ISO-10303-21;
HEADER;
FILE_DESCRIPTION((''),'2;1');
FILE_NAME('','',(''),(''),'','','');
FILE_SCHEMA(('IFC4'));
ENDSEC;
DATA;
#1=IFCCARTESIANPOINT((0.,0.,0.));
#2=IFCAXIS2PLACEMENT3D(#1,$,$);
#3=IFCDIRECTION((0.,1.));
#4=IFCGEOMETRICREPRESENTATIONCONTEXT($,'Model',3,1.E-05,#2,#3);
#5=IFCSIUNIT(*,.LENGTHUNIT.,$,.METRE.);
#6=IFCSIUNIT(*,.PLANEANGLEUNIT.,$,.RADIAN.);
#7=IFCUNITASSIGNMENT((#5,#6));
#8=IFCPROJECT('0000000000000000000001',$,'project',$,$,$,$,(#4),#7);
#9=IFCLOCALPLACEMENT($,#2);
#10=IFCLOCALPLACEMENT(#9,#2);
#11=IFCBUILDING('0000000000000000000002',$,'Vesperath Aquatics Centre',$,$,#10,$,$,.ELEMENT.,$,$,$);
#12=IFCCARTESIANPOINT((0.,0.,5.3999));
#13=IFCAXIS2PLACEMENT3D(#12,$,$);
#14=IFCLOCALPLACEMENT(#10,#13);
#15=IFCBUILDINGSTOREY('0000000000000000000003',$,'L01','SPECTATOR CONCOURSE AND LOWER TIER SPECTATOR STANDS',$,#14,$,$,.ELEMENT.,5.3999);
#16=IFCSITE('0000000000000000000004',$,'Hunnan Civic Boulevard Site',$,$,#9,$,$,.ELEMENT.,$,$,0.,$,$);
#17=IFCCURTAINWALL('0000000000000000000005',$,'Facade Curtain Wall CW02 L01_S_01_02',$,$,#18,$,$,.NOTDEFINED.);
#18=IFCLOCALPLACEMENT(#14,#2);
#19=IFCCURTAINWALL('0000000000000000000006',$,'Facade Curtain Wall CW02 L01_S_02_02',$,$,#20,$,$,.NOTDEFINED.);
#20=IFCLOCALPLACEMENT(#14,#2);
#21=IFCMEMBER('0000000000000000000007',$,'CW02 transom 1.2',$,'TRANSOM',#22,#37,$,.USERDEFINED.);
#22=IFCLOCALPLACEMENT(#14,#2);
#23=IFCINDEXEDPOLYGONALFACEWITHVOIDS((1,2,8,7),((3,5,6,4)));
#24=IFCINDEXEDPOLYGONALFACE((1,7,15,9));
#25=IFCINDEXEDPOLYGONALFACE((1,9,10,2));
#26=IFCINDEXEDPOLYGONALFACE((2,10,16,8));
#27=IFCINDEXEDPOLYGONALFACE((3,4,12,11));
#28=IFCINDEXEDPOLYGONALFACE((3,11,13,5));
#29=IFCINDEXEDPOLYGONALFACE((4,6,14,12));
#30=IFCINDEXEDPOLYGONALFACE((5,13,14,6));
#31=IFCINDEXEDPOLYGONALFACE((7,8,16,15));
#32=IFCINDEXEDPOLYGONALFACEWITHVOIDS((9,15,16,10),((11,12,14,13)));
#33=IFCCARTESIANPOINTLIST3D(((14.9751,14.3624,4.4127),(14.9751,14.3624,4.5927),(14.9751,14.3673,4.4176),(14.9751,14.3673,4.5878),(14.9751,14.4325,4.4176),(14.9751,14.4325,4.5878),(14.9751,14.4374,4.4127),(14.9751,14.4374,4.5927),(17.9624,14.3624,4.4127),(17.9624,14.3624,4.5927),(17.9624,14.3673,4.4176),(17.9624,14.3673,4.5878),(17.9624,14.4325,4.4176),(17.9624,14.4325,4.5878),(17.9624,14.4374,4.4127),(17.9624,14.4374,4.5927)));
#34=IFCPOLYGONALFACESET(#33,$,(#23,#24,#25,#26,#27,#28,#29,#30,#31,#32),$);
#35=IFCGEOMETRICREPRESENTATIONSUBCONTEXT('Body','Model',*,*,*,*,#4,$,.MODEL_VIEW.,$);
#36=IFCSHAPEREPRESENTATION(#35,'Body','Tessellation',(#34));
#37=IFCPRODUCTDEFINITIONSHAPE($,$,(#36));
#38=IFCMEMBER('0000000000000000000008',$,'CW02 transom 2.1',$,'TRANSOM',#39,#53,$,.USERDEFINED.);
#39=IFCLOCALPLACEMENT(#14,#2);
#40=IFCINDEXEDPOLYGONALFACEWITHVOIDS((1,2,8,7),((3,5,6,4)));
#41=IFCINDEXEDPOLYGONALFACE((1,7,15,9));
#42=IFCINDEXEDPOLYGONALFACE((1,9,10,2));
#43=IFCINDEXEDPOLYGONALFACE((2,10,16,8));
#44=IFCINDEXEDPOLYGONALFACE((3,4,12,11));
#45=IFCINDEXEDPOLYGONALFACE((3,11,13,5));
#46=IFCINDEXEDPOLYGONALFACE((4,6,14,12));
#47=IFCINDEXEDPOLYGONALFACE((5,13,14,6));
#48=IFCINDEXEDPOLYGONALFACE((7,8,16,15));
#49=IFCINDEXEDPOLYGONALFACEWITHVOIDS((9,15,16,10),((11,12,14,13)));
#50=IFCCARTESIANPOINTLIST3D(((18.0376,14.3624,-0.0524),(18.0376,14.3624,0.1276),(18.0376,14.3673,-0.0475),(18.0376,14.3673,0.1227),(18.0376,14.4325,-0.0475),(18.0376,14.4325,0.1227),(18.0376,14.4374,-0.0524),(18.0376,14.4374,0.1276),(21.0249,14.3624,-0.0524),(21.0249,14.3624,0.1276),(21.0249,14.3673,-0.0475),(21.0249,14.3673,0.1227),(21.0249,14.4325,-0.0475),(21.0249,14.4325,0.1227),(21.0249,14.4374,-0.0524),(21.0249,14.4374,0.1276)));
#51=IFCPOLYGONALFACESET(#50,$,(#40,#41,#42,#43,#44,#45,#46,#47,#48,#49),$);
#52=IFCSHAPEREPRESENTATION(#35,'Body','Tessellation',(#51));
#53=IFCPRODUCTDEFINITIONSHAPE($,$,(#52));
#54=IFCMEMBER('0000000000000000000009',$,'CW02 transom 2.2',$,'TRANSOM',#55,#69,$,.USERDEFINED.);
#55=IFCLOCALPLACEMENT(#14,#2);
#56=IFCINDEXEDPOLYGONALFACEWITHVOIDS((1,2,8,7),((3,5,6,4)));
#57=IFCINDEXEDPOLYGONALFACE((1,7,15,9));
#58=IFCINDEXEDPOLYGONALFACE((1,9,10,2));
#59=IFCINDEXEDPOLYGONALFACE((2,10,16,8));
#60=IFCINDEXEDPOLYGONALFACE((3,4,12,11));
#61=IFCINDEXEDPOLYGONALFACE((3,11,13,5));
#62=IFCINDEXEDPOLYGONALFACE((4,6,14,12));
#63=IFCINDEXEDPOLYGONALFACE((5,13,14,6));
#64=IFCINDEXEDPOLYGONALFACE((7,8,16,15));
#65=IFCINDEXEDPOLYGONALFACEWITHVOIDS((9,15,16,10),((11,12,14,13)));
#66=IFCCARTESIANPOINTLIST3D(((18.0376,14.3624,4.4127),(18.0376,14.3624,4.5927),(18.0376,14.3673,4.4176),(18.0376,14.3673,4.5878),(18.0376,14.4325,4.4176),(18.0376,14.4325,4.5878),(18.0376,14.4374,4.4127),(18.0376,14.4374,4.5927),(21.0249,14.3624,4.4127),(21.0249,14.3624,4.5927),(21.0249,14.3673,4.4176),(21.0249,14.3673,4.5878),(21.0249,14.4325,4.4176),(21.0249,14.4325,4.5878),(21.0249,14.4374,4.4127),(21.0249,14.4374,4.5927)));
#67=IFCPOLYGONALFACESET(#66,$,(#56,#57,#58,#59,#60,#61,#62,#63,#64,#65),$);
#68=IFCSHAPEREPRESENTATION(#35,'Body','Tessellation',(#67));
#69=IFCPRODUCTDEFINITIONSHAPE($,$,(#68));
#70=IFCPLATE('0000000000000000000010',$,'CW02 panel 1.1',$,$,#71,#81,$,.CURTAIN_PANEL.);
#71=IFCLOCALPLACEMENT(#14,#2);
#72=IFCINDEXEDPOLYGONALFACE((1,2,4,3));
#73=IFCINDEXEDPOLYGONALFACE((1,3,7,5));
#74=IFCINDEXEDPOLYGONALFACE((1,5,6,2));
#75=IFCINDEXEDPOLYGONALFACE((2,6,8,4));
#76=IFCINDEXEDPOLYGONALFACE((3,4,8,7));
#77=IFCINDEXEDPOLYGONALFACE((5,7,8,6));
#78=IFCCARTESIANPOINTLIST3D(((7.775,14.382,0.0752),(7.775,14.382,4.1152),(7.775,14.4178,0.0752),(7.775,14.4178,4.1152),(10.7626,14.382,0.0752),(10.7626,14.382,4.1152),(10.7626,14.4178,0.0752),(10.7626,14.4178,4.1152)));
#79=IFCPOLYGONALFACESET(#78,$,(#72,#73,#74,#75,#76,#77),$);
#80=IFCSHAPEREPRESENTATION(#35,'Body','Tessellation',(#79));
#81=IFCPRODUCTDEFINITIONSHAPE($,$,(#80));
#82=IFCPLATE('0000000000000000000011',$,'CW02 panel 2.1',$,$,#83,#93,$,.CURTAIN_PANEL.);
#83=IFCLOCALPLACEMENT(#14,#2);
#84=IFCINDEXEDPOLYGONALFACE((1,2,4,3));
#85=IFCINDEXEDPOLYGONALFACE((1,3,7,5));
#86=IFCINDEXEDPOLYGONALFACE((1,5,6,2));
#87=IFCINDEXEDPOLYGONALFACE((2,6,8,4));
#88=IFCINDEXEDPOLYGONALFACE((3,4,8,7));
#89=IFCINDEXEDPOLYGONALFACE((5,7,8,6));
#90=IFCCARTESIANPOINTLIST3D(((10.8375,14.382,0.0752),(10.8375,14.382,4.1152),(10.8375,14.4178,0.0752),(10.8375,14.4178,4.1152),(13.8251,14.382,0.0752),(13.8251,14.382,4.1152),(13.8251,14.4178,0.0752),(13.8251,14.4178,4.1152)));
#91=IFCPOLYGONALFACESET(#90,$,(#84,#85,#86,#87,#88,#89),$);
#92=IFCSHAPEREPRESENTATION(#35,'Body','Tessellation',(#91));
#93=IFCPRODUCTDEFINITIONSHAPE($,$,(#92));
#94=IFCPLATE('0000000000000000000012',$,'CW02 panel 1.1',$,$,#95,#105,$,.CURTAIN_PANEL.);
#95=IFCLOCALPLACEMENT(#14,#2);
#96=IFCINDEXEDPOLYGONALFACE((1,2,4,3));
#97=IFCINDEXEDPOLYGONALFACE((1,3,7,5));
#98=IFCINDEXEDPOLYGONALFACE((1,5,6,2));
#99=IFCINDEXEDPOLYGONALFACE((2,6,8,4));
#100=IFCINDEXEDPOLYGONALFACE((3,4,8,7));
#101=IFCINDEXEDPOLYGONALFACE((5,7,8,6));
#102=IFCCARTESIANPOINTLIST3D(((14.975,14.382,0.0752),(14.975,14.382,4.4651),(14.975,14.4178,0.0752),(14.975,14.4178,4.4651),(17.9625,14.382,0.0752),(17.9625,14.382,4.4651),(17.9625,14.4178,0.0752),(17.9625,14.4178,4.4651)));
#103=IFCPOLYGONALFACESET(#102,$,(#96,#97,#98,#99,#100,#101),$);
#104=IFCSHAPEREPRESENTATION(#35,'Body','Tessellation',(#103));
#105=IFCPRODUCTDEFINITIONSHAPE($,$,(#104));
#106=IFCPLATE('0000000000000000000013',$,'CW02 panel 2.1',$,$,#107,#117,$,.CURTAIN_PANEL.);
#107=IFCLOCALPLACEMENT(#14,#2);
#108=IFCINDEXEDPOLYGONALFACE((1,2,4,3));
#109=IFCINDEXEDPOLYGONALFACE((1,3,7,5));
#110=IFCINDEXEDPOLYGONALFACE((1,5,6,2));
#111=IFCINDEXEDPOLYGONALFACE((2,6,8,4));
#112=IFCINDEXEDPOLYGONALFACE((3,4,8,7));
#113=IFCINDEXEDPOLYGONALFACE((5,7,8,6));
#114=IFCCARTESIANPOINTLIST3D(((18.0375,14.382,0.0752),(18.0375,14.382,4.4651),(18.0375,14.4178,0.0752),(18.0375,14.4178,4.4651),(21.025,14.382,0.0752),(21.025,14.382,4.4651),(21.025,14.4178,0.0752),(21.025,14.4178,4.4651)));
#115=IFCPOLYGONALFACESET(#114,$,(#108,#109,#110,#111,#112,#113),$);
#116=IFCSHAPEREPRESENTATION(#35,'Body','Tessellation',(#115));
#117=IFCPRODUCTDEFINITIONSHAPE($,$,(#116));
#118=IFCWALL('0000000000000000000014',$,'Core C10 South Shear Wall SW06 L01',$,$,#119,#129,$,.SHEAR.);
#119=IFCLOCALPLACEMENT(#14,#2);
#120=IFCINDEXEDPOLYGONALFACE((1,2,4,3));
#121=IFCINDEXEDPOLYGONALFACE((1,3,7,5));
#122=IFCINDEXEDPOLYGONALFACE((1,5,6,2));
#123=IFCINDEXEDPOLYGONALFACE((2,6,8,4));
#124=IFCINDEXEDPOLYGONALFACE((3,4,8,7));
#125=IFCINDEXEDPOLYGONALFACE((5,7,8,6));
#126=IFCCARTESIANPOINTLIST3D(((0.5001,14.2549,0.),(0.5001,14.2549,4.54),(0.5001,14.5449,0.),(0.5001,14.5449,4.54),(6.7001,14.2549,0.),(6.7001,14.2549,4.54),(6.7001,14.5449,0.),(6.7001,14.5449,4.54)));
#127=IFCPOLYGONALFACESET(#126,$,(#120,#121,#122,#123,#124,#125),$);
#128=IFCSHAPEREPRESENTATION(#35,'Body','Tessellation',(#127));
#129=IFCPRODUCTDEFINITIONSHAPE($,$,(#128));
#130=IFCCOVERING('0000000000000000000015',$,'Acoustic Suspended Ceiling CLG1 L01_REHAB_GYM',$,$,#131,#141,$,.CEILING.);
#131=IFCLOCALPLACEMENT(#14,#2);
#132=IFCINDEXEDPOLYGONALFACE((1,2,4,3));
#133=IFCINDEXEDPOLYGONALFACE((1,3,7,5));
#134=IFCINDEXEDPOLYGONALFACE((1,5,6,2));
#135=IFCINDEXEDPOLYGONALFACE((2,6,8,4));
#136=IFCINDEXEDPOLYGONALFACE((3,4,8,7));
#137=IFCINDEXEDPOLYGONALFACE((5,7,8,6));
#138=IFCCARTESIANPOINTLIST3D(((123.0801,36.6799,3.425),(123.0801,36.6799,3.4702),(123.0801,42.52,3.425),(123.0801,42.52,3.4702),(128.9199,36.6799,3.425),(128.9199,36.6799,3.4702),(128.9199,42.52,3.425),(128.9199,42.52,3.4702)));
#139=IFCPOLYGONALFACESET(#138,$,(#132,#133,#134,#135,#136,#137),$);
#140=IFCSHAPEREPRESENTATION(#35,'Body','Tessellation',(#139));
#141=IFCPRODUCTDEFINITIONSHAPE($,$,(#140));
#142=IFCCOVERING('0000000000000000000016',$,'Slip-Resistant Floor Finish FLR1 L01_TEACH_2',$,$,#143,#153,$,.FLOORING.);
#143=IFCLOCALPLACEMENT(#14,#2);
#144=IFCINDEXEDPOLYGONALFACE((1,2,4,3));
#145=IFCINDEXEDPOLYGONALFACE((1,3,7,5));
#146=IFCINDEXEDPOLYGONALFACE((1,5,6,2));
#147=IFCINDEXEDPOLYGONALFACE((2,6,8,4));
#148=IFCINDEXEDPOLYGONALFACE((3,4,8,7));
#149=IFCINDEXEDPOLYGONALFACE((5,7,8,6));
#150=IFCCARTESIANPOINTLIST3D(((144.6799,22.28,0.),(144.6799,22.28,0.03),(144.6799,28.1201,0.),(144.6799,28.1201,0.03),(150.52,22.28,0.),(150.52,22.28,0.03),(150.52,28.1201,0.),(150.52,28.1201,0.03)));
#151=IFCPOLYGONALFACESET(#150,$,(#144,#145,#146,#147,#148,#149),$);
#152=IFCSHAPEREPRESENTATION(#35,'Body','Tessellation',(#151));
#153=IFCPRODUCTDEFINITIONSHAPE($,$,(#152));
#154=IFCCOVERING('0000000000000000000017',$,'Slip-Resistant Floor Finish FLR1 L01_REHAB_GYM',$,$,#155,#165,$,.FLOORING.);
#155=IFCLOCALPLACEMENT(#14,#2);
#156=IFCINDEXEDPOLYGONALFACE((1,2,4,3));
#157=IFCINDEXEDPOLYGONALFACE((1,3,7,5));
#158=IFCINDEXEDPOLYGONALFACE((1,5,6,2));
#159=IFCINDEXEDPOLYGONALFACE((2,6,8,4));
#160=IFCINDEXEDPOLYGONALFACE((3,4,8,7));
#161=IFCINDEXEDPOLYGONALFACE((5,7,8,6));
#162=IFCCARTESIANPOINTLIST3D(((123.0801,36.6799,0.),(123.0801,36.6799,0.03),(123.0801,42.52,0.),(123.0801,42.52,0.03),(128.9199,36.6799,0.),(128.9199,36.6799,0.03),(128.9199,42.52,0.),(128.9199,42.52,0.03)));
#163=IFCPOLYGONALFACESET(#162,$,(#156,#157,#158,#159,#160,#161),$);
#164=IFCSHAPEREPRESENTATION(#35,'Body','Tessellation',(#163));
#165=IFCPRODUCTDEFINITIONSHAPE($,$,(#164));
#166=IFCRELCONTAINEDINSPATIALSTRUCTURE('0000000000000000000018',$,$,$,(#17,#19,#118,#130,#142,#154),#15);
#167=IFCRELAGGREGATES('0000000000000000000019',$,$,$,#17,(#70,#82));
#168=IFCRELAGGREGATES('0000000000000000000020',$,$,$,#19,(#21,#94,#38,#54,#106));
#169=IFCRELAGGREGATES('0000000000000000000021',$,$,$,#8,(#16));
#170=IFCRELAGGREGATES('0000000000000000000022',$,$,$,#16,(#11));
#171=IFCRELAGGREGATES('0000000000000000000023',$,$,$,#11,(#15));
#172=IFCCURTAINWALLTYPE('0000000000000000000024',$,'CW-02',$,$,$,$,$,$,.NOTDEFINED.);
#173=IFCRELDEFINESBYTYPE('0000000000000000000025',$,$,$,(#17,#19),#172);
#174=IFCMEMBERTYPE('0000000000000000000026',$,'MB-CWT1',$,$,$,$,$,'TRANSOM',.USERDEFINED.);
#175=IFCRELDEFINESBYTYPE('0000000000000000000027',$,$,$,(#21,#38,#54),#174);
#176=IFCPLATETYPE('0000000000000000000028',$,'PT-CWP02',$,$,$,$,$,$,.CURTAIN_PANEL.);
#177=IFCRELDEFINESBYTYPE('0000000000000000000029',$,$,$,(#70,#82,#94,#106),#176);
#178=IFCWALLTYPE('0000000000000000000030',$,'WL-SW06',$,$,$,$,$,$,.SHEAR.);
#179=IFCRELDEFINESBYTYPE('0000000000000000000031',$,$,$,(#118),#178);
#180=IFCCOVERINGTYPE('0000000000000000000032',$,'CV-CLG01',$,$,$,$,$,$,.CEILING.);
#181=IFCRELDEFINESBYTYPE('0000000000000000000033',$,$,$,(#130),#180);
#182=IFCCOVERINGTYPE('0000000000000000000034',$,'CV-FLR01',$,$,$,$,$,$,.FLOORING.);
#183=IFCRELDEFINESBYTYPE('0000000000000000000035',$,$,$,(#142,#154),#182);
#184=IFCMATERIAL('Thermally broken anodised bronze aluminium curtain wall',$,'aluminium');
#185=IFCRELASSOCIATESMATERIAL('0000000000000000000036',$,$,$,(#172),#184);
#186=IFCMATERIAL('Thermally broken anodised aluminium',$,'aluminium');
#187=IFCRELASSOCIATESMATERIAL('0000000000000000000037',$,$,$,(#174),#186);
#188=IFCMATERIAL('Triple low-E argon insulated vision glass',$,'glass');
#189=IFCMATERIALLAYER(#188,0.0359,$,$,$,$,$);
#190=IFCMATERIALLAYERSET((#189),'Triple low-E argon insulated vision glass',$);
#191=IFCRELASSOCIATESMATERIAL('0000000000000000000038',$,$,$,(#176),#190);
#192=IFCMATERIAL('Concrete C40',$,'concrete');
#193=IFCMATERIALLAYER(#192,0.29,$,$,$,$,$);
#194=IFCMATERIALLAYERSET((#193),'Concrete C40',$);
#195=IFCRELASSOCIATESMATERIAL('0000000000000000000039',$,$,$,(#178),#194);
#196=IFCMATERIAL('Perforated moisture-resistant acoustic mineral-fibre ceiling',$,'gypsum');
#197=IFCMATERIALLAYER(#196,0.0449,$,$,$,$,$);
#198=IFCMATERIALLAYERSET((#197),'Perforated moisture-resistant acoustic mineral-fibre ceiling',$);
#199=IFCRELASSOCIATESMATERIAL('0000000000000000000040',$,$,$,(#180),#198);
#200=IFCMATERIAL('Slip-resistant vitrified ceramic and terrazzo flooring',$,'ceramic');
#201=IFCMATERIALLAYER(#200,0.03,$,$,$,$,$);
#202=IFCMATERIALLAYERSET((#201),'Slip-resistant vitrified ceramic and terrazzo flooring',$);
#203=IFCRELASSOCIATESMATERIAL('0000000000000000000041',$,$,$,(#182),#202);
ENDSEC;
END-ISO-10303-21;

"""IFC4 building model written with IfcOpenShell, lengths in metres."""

from ifc_helpers import new_model, si_unit, direction, frame, frame_2d, origin, origin_2d, place, context, subcontext, project, spatial, polyline, rectangle, hollow_rectangle, outline, extrude, material, layer, layer_set, material_profile, profile_set, type_object, element, aggregate, save


model = new_model("IFC4")

# Units and contexts
model_context = context("Model", 3, precision=1e-05, world=origin(), true_north=direction((0.0, 1.0)))
body_context = subcontext(model_context, "Body", "Model", "MODEL_VIEW")
ifc_project = project(units=[si_unit("LENGTHUNIT", "METRE"), si_unit("PLANEANGLEUNIT", "RADIAN")], contexts=[model_context])

# Site, building, storey
site_placement = place(None, origin())
site = spatial("IfcSite", under=ifc_project, at=site_placement, Name="Hunnan Civic Boulevard Site", CompositionType="ELEMENT", RefElevation=0.0)
building_placement = place(site_placement, origin())
building = spatial("IfcBuilding", under=site, at=building_placement, Name="Vesperath Aquatics Centre", CompositionType="ELEMENT")
storey_placement = place(building_placement, frame((0.0, 0.0, 5.3999)))
storey = spatial("IfcBuildingStorey", under=building, at=storey_placement, Name="L01", Description="SPECTATOR CONCOURSE AND LOWER TIER SPECTATOR STANDS", CompositionType="ELEMENT", Elevation=5.3999)

# Shared definitions
ifc_material_1 = material(Name="Concrete C40", Category="concrete")

# Curtain walls
ifc_material_2 = material(Name="Thermally broken anodised bronze aluminium curtain wall", Category="aluminium")
curtain_wall_type = type_object("IfcCurtainWallType", Name="CW-02", PredefinedType="NOTDEFINED", material=ifc_material_2)
curtain_wall_1_placement = place(storey_placement, origin())
curtain_wall_1 = element("IfcCurtainWall", 1, at=curtain_wall_1_placement, inside=storey, type_object=curtain_wall_type, Name="Facade Curtain Wall CW02 L01_S_01_02", PredefinedType="NOTDEFINED")
ifc_material_3 = material(Name="Thermally broken anodised aluminium", Category="aluminium")
curtain_wall_2_placement = place(storey_placement, origin())
curtain_wall_2 = element("IfcCurtainWall", 2, at=curtain_wall_2_placement, inside=storey, type_object=curtain_wall_type, Name="Facade Curtain Wall CW02 L01_S_02_02", PredefinedType="NOTDEFINED")

# Members
ifc_material_profile_1 = material_profile(ifc_material_3, hollow_rectangle(XDim=0.075, YDim=0.1799, WallThickness=0.0049, at=origin_2d()), Name="CWT 75x180x5")
ifc_profile_set_1 = profile_set([ifc_material_profile_1], Name="Thermally broken anodised aluminium")
member_type_1 = type_object("IfcMemberType", Name="MB-CWT1", ElementType="TRANSOM", PredefinedType="USERDEFINED", material=ifc_profile_set_1)
member_1_placement = place(storey_placement, frame((14.9751, 14.3999, 4.5027), z_axis=(1.0, 0.0, 0.0), x_axis=(0.0, 1.0, 0.0)))
member_1 = element("IfcMember", 3, at=member_1_placement, type_object=member_type_1, Name="CW02 transom 1.2", ObjectType="TRANSOM", PredefinedType="USERDEFINED", context=body_context, shape_type="SweptSolid", body=[
    extrude(hollow_rectangle(XDim=0.075, YDim=0.1799, WallThickness=0.0049, at=origin_2d()), origin(), (0.0, 0.0, 1.0), 2.9873),
])
member_2_placement = place(storey_placement, frame((18.0376, 14.3999, 0.0376), z_axis=(1.0, 0.0, 0.0), x_axis=(0.0, 1.0, 0.0)))
member_2 = element("IfcMember", 4, at=member_2_placement, type_object=member_type_1, Name="CW02 transom 2.1", ObjectType="TRANSOM", PredefinedType="USERDEFINED", context=body_context, shape_type="SweptSolid", body=[
    extrude(hollow_rectangle(XDim=0.075, YDim=0.1799, WallThickness=0.0049, at=origin_2d()), origin(), (0.0, 0.0, 1.0), 2.9873),
])
member_3_placement = place(storey_placement, frame((18.0376, 14.3999, 4.5027), z_axis=(1.0, 0.0, 0.0), x_axis=(0.0, 1.0, 0.0)))
member_3 = element("IfcMember", 5, at=member_3_placement, type_object=member_type_1, Name="CW02 transom 2.2", ObjectType="TRANSOM", PredefinedType="USERDEFINED", context=body_context, shape_type="SweptSolid", body=[
    extrude(hollow_rectangle(XDim=0.075, YDim=0.1799, WallThickness=0.0049, at=origin_2d()), origin(), (0.0, 0.0, 1.0), 2.9873),
])

# Plates
ifc_material_4 = material(Name="Triple low-E argon insulated vision glass", Category="glass")
ifc_layer_1 = layer(ifc_material_4, 0.0359)
ifc_layer_set_1 = layer_set([ifc_layer_1], Name="Triple low-E argon insulated vision glass")
plate_type = type_object("IfcPlateType", Name="PT-CWP02", PredefinedType="CURTAIN_PANEL", material=ifc_layer_set_1)
plate_1_placement = place(storey_placement, frame((9.2688, 14.3999, 0.0752), z_axis=(0.0, 0.0, 1.0), x_axis=(1.0, 0.0, 0.0)))
plate_1 = element("IfcPlate", 6, at=plate_1_placement, type_object=plate_type, Name="CW02 panel 1.1", PredefinedType="CURTAIN_PANEL", context=body_context, shape_type="SweptSolid", body=[
    extrude(rectangle(XDim=2.9875, YDim=0.0359, at=origin_2d()), origin(), (0.0, 0.0, 1.0), 4.04),
])
plate_2_placement = place(storey_placement, frame((12.3313, 14.3999, 0.0752), z_axis=(0.0, 0.0, 1.0), x_axis=(1.0, 0.0, 0.0)))
plate_2 = element("IfcPlate", 7, at=plate_2_placement, type_object=plate_type, Name="CW02 panel 2.1", PredefinedType="CURTAIN_PANEL", context=body_context, shape_type="SweptSolid", body=[
    extrude(rectangle(XDim=2.9875, YDim=0.0359, at=origin_2d()), origin(), (0.0, 0.0, 1.0), 4.04),
])
aggregate(curtain_wall_1, [plate_1, plate_2])
plate_3_placement = place(storey_placement, frame((16.4688, 14.3999, 0.0752), z_axis=(0.0, 0.0, 1.0), x_axis=(1.0, 0.0, 0.0)))
plate_3 = element("IfcPlate", 8, at=plate_3_placement, type_object=plate_type, Name="CW02 panel 1.1", PredefinedType="CURTAIN_PANEL", context=body_context, shape_type="SweptSolid", body=[
    extrude(rectangle(XDim=2.9875, YDim=0.0359, at=origin_2d()), origin(), (0.0, 0.0, 1.0), 4.3899),
])
plate_4_placement = place(storey_placement, frame((19.5312, 14.3999, 0.0752), z_axis=(0.0, 0.0, 1.0), x_axis=(1.0, 0.0, 0.0)))
plate_4 = element("IfcPlate", 9, at=plate_4_placement, type_object=plate_type, Name="CW02 panel 2.1", PredefinedType="CURTAIN_PANEL", context=body_context, shape_type="SweptSolid", body=[
    extrude(rectangle(XDim=2.9875, YDim=0.0359, at=origin_2d()), origin(), (0.0, 0.0, 1.0), 4.3899),
])
aggregate(curtain_wall_2, [member_1, plate_3, member_2, member_3, plate_4])

# Wall
ifc_layer_2 = layer(ifc_material_1, 0.29)
ifc_layer_set_2 = layer_set([ifc_layer_2], Name="Concrete C40")
wall_type = type_object("IfcWallType", Name="WL-SW06", PredefinedType="SHEAR", material=ifc_layer_set_2)
wall_placement = place(storey_placement, frame((0.5, 14.3999, 0.0), z_axis=(0.0, 0.0, 1.0), x_axis=(1.0, 0.0, 0.0)))
element("IfcWall", 10, at=wall_placement, inside=storey, type_object=wall_type, Name="Core C10 South Shear Wall SW06 L01", PredefinedType="SHEAR", context=body_context, shape_type="SweptSolid", body=[
    extrude(rectangle(XDim=6.2, YDim=0.29, at=frame_2d((3.1001, 0.0))), origin(), (0.0, 0.0, 1.0), 4.54),
])

# Coverings
ifc_material_5 = material(Name="Perforated moisture-resistant acoustic mineral-fibre ceiling", Category="gypsum")
ifc_layer_3 = layer(ifc_material_5, 0.0449)
ifc_layer_set_3 = layer_set([ifc_layer_3], Name="Perforated moisture-resistant acoustic mineral-fibre ceiling")
covering_type_1 = type_object("IfcCoveringType", Name="CV-CLG01", PredefinedType="CEILING", material=ifc_layer_set_3)
covering_1_placement = place(storey_placement, frame((0.0, 0.0, 3.425)))
element("IfcCovering", 11, at=covering_1_placement, inside=storey, type_object=covering_type_1, Name="Acoustic Suspended Ceiling CLG1 L01_REHAB_GYM", PredefinedType="CEILING", context=body_context, shape_type="SweptSolid", body=[
    extrude(outline(polyline([(123.0801, 36.6799), (128.9199, 36.6799), (128.9199, 42.52), (123.0801, 42.52), (123.0801, 36.6799)])), origin(), (0.0, 0.0, 1.0), 0.0452),
])
ifc_material_6 = material(Name="Slip-resistant vitrified ceramic and terrazzo flooring", Category="ceramic")
ifc_layer_4 = layer(ifc_material_6, 0.03)
ifc_layer_set_4 = layer_set([ifc_layer_4], Name="Slip-resistant vitrified ceramic and terrazzo flooring")
covering_type_2 = type_object("IfcCoveringType", Name="CV-FLR01", PredefinedType="FLOORING", material=ifc_layer_set_4)
covering_2_placement = place(storey_placement, origin())
element("IfcCovering", 12, at=covering_2_placement, inside=storey, type_object=covering_type_2, Name="Slip-Resistant Floor Finish FLR1 L01_TEACH_2", PredefinedType="FLOORING", context=body_context, shape_type="SweptSolid", body=[
    extrude(outline(polyline([(144.6799, 22.28), (150.52, 22.28), (150.52, 28.1201), (144.6799, 28.1201), (144.6799, 22.28)])), origin(), (0.0, 0.0, 1.0), 0.03),
])
covering_3_placement = place(storey_placement, origin())
element("IfcCovering", 13, at=covering_3_placement, inside=storey, type_object=covering_type_2, Name="Slip-Resistant Floor Finish FLR1 L01_REHAB_GYM", PredefinedType="FLOORING", context=body_context, shape_type="SweptSolid", body=[
    extrude(outline(polyline([(123.0801, 36.6799), (128.9199, 36.6799), (128.9199, 42.52), (123.0801, 42.52), (123.0801, 36.6799)])), origin(), (0.0, 0.0, 1.0), 0.03),
])

save(model, "model.ifc")
